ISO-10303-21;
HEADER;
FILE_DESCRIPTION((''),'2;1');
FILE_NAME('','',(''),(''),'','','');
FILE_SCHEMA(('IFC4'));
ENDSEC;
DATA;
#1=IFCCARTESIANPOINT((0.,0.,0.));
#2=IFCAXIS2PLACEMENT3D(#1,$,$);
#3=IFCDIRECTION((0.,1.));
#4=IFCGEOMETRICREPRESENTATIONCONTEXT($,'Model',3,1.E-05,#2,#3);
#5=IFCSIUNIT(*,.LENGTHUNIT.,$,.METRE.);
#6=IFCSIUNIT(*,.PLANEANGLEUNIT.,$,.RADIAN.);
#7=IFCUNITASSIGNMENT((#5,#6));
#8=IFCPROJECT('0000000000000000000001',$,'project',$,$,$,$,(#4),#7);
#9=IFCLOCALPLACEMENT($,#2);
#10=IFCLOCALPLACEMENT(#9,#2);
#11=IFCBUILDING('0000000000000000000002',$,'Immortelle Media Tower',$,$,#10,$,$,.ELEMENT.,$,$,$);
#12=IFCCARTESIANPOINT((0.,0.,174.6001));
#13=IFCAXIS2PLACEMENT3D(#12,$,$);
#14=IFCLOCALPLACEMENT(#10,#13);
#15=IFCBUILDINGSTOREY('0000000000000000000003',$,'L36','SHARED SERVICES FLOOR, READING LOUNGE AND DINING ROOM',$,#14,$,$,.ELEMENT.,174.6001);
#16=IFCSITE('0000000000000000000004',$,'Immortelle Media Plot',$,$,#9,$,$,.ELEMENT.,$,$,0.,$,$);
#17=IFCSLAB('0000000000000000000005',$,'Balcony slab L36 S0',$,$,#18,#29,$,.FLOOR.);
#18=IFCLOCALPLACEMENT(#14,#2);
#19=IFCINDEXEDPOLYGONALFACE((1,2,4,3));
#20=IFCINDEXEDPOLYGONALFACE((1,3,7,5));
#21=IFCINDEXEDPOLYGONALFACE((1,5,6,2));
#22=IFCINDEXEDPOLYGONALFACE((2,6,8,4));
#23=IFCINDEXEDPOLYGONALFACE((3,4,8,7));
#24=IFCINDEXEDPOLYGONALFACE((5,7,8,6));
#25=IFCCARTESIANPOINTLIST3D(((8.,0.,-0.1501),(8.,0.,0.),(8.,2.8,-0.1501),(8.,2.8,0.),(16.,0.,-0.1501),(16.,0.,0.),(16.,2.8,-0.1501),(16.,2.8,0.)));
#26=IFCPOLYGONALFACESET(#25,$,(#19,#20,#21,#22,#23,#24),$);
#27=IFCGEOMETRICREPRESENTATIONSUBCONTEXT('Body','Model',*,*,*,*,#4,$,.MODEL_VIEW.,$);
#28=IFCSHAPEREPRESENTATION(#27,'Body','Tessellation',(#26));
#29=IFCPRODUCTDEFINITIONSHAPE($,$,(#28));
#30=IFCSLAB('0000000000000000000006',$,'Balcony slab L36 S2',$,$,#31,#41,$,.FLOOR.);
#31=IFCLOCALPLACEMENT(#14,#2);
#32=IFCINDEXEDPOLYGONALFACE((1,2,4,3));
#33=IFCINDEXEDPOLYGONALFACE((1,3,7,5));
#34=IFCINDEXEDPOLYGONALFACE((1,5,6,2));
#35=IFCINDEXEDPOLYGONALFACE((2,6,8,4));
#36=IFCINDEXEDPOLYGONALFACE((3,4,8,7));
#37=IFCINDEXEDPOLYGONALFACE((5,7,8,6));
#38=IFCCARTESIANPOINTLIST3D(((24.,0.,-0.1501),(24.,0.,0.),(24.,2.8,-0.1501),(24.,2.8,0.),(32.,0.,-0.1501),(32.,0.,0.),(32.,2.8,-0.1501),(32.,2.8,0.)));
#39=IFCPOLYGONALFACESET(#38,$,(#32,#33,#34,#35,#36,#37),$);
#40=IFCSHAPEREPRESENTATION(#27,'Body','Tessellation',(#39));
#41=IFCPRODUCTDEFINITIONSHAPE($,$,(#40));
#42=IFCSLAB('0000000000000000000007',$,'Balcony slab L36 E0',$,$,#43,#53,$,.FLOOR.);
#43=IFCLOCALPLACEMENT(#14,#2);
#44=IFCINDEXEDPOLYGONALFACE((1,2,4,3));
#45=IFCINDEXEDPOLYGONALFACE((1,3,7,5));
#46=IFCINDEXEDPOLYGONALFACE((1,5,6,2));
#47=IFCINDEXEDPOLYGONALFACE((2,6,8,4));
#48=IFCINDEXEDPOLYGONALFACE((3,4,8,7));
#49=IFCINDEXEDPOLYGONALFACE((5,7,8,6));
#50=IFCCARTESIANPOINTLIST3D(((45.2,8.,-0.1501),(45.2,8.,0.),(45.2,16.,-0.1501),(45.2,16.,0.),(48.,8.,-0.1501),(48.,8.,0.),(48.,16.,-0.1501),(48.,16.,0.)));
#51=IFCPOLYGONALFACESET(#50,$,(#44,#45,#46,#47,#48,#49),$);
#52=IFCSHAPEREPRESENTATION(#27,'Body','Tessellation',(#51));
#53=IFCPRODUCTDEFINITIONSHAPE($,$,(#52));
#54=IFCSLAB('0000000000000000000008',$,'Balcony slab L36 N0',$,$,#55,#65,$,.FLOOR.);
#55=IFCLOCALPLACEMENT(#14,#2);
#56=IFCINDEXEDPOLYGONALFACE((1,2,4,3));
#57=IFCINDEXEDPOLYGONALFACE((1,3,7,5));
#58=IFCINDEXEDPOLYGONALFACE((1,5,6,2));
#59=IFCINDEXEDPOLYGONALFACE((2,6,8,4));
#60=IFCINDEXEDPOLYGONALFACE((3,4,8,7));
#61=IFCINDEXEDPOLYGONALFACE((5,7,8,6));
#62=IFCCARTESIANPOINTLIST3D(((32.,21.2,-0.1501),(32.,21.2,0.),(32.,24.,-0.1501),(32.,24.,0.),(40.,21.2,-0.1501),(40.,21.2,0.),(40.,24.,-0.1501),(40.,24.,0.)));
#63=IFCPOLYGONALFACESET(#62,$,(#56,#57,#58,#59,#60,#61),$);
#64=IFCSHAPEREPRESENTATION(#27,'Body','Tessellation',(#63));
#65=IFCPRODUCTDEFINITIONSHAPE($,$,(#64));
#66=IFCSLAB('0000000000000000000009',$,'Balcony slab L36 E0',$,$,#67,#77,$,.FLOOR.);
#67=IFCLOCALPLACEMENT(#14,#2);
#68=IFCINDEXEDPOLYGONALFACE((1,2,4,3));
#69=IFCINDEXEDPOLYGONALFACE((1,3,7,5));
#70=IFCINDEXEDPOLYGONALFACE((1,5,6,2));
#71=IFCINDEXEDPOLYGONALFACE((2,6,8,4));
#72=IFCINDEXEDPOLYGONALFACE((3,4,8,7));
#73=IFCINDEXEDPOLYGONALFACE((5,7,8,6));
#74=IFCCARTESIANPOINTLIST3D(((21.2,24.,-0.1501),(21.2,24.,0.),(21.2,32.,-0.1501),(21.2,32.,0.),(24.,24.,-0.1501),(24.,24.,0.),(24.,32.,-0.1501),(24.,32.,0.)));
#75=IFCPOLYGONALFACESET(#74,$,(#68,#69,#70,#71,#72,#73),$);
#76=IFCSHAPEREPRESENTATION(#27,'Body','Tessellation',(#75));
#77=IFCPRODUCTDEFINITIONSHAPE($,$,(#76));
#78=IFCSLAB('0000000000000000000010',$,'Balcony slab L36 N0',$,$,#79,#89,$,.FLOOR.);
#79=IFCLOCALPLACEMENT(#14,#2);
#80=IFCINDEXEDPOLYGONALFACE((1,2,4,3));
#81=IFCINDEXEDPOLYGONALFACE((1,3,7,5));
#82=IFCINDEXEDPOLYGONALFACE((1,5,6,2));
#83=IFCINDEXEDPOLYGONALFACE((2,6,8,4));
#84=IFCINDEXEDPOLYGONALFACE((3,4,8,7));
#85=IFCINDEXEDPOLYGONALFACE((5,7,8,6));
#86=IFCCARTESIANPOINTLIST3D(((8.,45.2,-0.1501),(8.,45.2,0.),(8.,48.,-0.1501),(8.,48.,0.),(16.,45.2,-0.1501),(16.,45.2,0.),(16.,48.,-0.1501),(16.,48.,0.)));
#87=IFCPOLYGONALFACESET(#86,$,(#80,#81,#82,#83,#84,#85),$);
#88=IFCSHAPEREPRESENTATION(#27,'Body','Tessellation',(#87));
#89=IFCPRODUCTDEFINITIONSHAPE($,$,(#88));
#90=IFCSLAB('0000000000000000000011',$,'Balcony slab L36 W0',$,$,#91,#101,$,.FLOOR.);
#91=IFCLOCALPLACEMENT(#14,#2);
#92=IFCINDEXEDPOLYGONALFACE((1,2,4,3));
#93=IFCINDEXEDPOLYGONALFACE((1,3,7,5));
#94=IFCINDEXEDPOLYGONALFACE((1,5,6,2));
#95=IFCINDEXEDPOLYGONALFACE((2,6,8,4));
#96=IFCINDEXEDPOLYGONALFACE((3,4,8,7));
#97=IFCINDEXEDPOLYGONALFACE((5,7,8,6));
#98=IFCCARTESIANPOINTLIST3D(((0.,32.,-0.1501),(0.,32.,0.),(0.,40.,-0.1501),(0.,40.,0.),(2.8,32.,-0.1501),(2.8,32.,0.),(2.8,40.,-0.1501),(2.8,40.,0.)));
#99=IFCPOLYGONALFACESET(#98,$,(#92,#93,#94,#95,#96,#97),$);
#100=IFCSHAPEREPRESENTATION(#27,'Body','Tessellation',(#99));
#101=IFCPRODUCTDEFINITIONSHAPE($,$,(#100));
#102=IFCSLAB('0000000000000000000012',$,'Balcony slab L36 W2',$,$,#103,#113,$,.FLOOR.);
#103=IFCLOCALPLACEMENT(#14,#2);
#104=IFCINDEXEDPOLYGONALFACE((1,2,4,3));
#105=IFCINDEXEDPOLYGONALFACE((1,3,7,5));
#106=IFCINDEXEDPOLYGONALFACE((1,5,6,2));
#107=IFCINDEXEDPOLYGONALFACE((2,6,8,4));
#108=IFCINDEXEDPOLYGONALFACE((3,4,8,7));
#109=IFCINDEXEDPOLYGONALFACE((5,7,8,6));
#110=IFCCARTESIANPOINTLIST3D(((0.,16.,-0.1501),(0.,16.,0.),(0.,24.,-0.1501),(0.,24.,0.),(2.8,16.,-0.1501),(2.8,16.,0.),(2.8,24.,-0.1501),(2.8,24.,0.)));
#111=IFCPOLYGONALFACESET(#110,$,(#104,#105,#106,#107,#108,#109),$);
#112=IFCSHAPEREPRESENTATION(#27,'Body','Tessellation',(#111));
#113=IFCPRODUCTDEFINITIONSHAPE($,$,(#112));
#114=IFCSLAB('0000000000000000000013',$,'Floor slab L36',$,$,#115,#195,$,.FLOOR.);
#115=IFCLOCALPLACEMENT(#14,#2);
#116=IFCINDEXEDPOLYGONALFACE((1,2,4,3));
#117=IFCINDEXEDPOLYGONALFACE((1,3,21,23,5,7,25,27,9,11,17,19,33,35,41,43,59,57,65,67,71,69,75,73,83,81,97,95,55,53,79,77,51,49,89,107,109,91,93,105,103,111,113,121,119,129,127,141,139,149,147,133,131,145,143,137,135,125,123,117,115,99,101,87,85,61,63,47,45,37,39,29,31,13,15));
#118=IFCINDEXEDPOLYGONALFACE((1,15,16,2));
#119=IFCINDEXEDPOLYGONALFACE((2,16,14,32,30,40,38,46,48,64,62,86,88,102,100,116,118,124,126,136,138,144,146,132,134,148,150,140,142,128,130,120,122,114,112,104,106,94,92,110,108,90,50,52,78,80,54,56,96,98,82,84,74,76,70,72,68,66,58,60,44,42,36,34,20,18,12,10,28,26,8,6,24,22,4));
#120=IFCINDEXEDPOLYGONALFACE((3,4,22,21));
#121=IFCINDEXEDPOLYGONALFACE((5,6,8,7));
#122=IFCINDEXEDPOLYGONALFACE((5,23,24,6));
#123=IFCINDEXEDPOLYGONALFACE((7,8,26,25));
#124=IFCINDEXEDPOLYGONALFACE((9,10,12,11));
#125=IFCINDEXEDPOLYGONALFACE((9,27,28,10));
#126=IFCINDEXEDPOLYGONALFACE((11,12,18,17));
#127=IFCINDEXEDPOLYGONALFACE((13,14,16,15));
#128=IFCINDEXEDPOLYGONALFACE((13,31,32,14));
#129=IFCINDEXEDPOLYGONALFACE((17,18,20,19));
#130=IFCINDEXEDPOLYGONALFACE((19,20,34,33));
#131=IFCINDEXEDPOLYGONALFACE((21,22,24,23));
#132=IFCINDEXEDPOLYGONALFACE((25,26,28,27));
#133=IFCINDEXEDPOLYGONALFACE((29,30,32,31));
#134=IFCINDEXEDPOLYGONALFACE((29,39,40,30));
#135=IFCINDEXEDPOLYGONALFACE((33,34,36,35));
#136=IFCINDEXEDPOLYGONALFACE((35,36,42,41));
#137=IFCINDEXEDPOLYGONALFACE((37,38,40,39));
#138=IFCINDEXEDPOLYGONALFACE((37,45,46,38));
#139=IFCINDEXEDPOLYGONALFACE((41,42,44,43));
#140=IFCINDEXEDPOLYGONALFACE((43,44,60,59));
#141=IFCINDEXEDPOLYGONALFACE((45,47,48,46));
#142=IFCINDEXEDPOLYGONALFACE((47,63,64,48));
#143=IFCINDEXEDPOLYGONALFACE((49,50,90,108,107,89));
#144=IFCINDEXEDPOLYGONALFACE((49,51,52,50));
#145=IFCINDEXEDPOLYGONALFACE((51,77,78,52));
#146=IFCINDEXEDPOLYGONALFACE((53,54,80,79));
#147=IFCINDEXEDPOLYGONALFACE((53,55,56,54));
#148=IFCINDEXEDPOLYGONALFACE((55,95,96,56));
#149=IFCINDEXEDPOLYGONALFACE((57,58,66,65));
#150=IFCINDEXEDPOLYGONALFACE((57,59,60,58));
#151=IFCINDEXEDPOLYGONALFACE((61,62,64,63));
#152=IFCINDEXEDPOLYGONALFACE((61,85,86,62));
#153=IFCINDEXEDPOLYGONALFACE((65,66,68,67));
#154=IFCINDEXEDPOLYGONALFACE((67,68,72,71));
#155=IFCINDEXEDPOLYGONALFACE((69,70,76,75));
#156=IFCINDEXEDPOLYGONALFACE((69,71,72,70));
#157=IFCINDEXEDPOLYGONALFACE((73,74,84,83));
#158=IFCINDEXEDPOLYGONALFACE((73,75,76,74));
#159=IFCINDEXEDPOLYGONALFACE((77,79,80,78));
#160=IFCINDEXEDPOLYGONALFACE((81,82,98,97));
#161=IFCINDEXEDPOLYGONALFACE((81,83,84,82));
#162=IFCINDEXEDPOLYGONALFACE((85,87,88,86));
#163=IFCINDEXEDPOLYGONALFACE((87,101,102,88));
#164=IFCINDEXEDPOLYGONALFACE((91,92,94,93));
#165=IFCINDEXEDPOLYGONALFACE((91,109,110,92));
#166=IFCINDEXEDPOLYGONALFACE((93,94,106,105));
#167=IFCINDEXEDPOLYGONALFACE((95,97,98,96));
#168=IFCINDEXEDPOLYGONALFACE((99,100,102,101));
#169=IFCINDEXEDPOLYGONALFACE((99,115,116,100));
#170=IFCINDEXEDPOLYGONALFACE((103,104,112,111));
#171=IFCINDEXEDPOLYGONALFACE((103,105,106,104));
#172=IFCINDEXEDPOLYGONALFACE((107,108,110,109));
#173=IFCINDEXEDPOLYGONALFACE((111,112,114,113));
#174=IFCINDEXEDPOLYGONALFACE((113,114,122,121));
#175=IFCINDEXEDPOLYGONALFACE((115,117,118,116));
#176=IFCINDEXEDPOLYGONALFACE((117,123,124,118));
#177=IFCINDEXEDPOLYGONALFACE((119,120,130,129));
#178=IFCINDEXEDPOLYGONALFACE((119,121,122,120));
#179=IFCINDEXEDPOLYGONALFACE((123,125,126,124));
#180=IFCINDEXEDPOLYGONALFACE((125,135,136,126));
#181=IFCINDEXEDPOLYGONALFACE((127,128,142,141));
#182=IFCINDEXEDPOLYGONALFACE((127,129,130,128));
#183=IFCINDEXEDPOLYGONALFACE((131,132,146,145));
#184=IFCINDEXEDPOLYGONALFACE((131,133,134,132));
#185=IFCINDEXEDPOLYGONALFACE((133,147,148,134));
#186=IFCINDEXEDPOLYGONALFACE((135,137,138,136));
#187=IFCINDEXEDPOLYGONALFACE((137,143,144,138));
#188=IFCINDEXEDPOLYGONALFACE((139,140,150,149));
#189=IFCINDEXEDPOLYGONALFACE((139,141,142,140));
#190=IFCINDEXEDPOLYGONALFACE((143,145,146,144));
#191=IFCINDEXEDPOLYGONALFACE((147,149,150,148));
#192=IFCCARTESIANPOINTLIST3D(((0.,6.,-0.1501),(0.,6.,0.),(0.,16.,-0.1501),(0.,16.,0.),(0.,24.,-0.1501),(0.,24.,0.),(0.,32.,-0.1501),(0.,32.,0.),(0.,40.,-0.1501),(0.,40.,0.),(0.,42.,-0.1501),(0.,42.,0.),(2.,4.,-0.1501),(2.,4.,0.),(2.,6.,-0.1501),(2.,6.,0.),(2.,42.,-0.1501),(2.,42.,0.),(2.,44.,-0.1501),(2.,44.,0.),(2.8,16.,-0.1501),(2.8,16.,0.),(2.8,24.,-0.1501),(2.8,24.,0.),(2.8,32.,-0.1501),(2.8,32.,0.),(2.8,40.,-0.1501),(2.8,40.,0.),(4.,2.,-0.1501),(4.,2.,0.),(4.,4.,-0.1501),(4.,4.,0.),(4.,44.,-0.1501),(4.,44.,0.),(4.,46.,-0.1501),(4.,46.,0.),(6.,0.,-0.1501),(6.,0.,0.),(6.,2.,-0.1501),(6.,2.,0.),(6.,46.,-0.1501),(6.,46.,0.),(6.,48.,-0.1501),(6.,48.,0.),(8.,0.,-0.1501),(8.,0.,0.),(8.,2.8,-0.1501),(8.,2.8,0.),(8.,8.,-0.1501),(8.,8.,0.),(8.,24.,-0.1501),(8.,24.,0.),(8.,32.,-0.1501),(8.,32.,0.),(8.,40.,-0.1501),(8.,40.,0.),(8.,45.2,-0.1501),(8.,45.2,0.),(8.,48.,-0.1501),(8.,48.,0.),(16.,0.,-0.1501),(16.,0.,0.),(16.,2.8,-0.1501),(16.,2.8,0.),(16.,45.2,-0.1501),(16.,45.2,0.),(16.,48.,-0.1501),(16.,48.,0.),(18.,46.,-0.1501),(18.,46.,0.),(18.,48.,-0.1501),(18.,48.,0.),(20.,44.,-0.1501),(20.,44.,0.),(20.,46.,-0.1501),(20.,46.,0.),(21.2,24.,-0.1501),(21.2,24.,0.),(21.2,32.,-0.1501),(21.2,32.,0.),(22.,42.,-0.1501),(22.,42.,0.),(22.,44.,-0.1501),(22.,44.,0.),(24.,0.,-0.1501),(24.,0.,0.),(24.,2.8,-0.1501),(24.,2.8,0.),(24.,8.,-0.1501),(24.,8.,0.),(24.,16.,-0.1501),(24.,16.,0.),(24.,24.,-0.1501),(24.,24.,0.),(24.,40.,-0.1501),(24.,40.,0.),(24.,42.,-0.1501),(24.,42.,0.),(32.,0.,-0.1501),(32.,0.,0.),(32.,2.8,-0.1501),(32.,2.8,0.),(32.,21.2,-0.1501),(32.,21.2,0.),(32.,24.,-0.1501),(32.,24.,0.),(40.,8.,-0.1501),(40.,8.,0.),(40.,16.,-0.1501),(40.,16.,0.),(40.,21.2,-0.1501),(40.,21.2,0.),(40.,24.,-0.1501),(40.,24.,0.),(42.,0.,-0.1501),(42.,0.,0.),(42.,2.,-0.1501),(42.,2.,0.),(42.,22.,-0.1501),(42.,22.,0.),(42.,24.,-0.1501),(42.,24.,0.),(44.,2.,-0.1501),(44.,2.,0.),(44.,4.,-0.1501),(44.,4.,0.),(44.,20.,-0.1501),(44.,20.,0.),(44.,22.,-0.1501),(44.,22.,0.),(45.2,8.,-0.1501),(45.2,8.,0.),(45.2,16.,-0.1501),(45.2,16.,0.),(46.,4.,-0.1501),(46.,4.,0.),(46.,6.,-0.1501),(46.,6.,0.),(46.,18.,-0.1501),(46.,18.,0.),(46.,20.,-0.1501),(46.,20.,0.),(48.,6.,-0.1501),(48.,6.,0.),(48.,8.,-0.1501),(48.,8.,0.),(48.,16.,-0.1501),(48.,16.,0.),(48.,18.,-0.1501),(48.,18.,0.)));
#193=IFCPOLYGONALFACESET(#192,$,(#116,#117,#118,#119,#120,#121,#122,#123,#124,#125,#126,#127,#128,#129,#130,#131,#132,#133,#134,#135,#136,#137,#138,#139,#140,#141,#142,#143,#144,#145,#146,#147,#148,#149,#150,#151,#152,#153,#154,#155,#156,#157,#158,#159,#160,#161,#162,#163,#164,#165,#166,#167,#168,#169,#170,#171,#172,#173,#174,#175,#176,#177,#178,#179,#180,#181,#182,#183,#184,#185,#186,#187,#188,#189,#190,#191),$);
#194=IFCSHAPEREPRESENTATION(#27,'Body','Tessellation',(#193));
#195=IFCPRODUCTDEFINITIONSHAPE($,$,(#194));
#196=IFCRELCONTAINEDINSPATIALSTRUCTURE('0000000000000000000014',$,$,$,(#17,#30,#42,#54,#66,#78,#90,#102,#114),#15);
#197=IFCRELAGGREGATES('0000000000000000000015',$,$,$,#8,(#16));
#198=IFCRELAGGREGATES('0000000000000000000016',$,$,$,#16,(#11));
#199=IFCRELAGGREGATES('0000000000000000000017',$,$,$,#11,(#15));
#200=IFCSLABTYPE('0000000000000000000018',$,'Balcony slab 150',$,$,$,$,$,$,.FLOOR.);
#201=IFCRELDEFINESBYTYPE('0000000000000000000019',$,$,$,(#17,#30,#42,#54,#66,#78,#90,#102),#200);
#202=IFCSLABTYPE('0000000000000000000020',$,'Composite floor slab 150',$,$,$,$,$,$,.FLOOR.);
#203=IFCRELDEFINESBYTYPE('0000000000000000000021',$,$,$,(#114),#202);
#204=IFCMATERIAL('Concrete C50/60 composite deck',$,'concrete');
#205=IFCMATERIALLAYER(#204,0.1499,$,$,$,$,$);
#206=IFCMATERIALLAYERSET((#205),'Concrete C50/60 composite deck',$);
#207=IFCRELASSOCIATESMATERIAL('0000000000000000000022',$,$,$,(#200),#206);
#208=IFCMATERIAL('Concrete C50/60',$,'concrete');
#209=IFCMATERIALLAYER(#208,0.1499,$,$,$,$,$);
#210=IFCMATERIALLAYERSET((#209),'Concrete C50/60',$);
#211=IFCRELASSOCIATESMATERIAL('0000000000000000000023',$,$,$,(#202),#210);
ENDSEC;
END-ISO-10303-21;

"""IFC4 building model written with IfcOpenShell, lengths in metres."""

from ifc_helpers import new_model, si_unit, direction, frame, origin, place, context, subcontext, project, spatial, polyline, outline, extrude, material, layer, layer_set, type_object, element, save


model = new_model("IFC4")

# Units and contexts
model_context = context("Model", 3, precision=1e-05, world=origin(), true_north=direction((0.0, 1.0)))
body_context = subcontext(model_context, "Body", "Model", "MODEL_VIEW")
ifc_project = project(units=[si_unit("LENGTHUNIT", "METRE"), si_unit("PLANEANGLEUNIT", "RADIAN")], contexts=[model_context])

# Site, building, storey
site_placement = place(None, origin())
site = spatial("IfcSite", under=ifc_project, at=site_placement, Name="Immortelle Media Plot", CompositionType="ELEMENT", RefElevation=0.0)
building_placement = place(site_placement, origin())
building = spatial("IfcBuilding", under=site, at=building_placement, Name="Immortelle Media Tower", CompositionType="ELEMENT")
storey_placement = place(building_placement, frame((0.0, 0.0, 174.6001)))
storey = spatial("IfcBuildingStorey", under=building, at=storey_placement, Name="L36", Description="SHARED SERVICES FLOOR, READING LOUNGE AND DINING ROOM", CompositionType="ELEMENT", Elevation=174.6001)

# Slabs
ifc_material_1 = material(Name="Concrete C50/60 composite deck", Category="concrete")
ifc_layer_1 = layer(ifc_material_1, 0.1499)
ifc_layer_set_1 = layer_set([ifc_layer_1], Name="Concrete C50/60 composite deck")
slab_type_1 = type_object("IfcSlabType", Name="Balcony slab 150", PredefinedType="FLOOR", material=ifc_layer_set_1)
slab_1_placement = place(storey_placement, frame((0.0, 0.0, -0.1501)))
element("IfcSlab", 1, at=slab_1_placement, inside=storey, type_object=slab_type_1, Name="Balcony slab L36 S0", PredefinedType="FLOOR", context=body_context, shape_type="SweptSolid", body=[
    extrude(outline(polyline([(16.0, 0.0), (16.0, 2.8), (8.0, 2.8), (8.0, 0.0), (16.0, 0.0)])), origin(), (0.0, 0.0, 1.0), 0.1501),
])
slab_2_placement = place(storey_placement, frame((0.0, 0.0, -0.1501)))
element("IfcSlab", 2, at=slab_2_placement, inside=storey, type_object=slab_type_1, Name="Balcony slab L36 S2", PredefinedType="FLOOR", context=body_context, shape_type="SweptSolid", body=[
    extrude(outline(polyline([(32.0, 0.0), (32.0, 2.8), (24.0, 2.8), (24.0, 0.0), (32.0, 0.0)])), origin(), (0.0, 0.0, 1.0), 0.1501),
])
slab_3_placement = place(storey_placement, frame((0.0, 0.0, -0.1501)))
element("IfcSlab", 3, at=slab_3_placement, inside=storey, type_object=slab_type_1, Name="Balcony slab L36 E0", PredefinedType="FLOOR", context=body_context, shape_type="SweptSolid", body=[
    extrude(outline(polyline([(48.0, 8.0), (48.0, 16.0), (45.2, 16.0), (45.2, 8.0), (48.0, 8.0)])), origin(), (0.0, 0.0, 1.0), 0.1501),
])
slab_4_placement = place(storey_placement, frame((0.0, 0.0, -0.1501)))
element("IfcSlab", 4, at=slab_4_placement, inside=storey, type_object=slab_type_1, Name="Balcony slab L36 N0", PredefinedType="FLOOR", context=body_context, shape_type="SweptSolid", body=[
    extrude(outline(polyline([(40.0, 21.2), (40.0, 24.0), (32.0, 24.0), (32.0, 21.2), (40.0, 21.2)])), origin(), (0.0, 0.0, 1.0), 0.1501),
])
slab_5_placement = place(storey_placement, frame((0.0, 0.0, -0.1501)))
element("IfcSlab", 5, at=slab_5_placement, inside=storey, type_object=slab_type_1, Name="Balcony slab L36 E0", PredefinedType="FLOOR", context=body_context, shape_type="SweptSolid", body=[
    extrude(outline(polyline([(24.0, 24.0), (24.0, 32.0), (21.2, 32.0), (21.2, 24.0), (24.0, 24.0)])), origin(), (0.0, 0.0, 1.0), 0.1501),
])
slab_6_placement = place(storey_placement, frame((0.0, 0.0, -0.1501)))
element("IfcSlab", 6, at=slab_6_placement, inside=storey, type_object=slab_type_1, Name="Balcony slab L36 N0", PredefinedType="FLOOR", context=body_context, shape_type="SweptSolid", body=[
    extrude(outline(polyline([(16.0, 45.2), (16.0, 48.0), (8.0, 48.0), (8.0, 45.2), (16.0, 45.2)])), origin(), (0.0, 0.0, 1.0), 0.1501),
])
slab_7_placement = place(storey_placement, frame((0.0, 0.0, -0.1501)))
element("IfcSlab", 7, at=slab_7_placement, inside=storey, type_object=slab_type_1, Name="Balcony slab L36 W0", PredefinedType="FLOOR", context=body_context, shape_type="SweptSolid", body=[
    extrude(outline(polyline([(2.8, 32.0), (2.8, 40.0), (0.0, 40.0), (0.0, 32.0), (2.8, 32.0)])), origin(), (0.0, 0.0, 1.0), 0.1501),
])
slab_8_placement = place(storey_placement, frame((0.0, 0.0, -0.1501)))
element("IfcSlab", 8, at=slab_8_placement, inside=storey, type_object=slab_type_1, Name="Balcony slab L36 W2", PredefinedType="FLOOR", context=body_context, shape_type="SweptSolid", body=[
    extrude(outline(polyline([(2.8, 16.0), (2.8, 24.0), (0.0, 24.0), (0.0, 16.0), (2.8, 16.0)])), origin(), (0.0, 0.0, 1.0), 0.1501),
])
ifc_material_2 = material(Name="Concrete C50/60", Category="concrete")
ifc_layer_2 = layer(ifc_material_2, 0.1499)
ifc_layer_set_2 = layer_set([ifc_layer_2], Name="Concrete C50/60")
slab_type_2 = type_object("IfcSlabType", Name="Composite floor slab 150", PredefinedType="FLOOR", material=ifc_layer_set_2)
slab_9_placement = place(storey_placement, frame((0.0, 0.0, -0.1501)))
element("IfcSlab", 9, at=slab_9_placement, inside=storey, type_object=slab_type_2, Name="Floor slab L36", PredefinedType="FLOOR", context=body_context, shape_type="SweptSolid", body=[
    extrude(outline(polyline([(6.0, 0.0), (6.0, 2.0), (4.0, 2.0), (4.0, 4.0), (2.0, 4.0), (2.0, 6.0), (0.0, 6.0), (0.0, 16.0), (2.8, 16.0), (2.8, 24.0), (0.0, 24.0), (0.0, 32.0), (2.8, 32.0), (2.8, 40.0), (0.0, 40.0), (0.0, 42.0), (2.0, 42.0), (2.0, 44.0), (4.0, 44.0), (4.0, 46.0), (6.0, 46.0), (6.0, 48.0), (8.0, 48.0), (8.0, 45.2), (16.0, 45.2), (16.0, 48.0), (18.0, 48.0), (18.0, 46.0), (20.0, 46.0), (20.0, 44.0), (22.0, 44.0), (22.0, 42.0), (24.0, 42.0), (24.0, 40.0), (8.0, 40.0), (8.0, 32.0), (21.2, 32.0), (21.2, 24.0), (8.0, 24.0), (8.0, 8.0), (24.0, 8.0), (40.0, 8.0), (40.0, 16.0), (24.0, 16.0), (24.0, 24.0), (32.0, 24.0), (32.0, 21.2), (40.0, 21.2), (40.0, 24.0), (42.0, 24.0), (42.0, 22.0), (44.0, 22.0), (44.0, 20.0), (46.0, 20.0), (46.0, 18.0), (48.0, 18.0), (48.0, 16.0), (45.2, 16.0), (45.2, 8.0), (48.0, 8.0), (48.0, 6.0), (46.0, 6.0), (46.0, 4.0), (44.0, 4.0), (44.0, 2.0), (42.0, 2.0), (42.0, 0.0), (32.0, 0.0), (32.0, 2.8), (24.0, 2.8), (24.0, 0.0), (16.0, 0.0), (16.0, 2.8), (8.0, 2.8), (8.0, 0.0), (6.0, 0.0)])), origin(), (0.0, 0.0, 1.0), 0.1501),
])

save(model, "model.ifc")
